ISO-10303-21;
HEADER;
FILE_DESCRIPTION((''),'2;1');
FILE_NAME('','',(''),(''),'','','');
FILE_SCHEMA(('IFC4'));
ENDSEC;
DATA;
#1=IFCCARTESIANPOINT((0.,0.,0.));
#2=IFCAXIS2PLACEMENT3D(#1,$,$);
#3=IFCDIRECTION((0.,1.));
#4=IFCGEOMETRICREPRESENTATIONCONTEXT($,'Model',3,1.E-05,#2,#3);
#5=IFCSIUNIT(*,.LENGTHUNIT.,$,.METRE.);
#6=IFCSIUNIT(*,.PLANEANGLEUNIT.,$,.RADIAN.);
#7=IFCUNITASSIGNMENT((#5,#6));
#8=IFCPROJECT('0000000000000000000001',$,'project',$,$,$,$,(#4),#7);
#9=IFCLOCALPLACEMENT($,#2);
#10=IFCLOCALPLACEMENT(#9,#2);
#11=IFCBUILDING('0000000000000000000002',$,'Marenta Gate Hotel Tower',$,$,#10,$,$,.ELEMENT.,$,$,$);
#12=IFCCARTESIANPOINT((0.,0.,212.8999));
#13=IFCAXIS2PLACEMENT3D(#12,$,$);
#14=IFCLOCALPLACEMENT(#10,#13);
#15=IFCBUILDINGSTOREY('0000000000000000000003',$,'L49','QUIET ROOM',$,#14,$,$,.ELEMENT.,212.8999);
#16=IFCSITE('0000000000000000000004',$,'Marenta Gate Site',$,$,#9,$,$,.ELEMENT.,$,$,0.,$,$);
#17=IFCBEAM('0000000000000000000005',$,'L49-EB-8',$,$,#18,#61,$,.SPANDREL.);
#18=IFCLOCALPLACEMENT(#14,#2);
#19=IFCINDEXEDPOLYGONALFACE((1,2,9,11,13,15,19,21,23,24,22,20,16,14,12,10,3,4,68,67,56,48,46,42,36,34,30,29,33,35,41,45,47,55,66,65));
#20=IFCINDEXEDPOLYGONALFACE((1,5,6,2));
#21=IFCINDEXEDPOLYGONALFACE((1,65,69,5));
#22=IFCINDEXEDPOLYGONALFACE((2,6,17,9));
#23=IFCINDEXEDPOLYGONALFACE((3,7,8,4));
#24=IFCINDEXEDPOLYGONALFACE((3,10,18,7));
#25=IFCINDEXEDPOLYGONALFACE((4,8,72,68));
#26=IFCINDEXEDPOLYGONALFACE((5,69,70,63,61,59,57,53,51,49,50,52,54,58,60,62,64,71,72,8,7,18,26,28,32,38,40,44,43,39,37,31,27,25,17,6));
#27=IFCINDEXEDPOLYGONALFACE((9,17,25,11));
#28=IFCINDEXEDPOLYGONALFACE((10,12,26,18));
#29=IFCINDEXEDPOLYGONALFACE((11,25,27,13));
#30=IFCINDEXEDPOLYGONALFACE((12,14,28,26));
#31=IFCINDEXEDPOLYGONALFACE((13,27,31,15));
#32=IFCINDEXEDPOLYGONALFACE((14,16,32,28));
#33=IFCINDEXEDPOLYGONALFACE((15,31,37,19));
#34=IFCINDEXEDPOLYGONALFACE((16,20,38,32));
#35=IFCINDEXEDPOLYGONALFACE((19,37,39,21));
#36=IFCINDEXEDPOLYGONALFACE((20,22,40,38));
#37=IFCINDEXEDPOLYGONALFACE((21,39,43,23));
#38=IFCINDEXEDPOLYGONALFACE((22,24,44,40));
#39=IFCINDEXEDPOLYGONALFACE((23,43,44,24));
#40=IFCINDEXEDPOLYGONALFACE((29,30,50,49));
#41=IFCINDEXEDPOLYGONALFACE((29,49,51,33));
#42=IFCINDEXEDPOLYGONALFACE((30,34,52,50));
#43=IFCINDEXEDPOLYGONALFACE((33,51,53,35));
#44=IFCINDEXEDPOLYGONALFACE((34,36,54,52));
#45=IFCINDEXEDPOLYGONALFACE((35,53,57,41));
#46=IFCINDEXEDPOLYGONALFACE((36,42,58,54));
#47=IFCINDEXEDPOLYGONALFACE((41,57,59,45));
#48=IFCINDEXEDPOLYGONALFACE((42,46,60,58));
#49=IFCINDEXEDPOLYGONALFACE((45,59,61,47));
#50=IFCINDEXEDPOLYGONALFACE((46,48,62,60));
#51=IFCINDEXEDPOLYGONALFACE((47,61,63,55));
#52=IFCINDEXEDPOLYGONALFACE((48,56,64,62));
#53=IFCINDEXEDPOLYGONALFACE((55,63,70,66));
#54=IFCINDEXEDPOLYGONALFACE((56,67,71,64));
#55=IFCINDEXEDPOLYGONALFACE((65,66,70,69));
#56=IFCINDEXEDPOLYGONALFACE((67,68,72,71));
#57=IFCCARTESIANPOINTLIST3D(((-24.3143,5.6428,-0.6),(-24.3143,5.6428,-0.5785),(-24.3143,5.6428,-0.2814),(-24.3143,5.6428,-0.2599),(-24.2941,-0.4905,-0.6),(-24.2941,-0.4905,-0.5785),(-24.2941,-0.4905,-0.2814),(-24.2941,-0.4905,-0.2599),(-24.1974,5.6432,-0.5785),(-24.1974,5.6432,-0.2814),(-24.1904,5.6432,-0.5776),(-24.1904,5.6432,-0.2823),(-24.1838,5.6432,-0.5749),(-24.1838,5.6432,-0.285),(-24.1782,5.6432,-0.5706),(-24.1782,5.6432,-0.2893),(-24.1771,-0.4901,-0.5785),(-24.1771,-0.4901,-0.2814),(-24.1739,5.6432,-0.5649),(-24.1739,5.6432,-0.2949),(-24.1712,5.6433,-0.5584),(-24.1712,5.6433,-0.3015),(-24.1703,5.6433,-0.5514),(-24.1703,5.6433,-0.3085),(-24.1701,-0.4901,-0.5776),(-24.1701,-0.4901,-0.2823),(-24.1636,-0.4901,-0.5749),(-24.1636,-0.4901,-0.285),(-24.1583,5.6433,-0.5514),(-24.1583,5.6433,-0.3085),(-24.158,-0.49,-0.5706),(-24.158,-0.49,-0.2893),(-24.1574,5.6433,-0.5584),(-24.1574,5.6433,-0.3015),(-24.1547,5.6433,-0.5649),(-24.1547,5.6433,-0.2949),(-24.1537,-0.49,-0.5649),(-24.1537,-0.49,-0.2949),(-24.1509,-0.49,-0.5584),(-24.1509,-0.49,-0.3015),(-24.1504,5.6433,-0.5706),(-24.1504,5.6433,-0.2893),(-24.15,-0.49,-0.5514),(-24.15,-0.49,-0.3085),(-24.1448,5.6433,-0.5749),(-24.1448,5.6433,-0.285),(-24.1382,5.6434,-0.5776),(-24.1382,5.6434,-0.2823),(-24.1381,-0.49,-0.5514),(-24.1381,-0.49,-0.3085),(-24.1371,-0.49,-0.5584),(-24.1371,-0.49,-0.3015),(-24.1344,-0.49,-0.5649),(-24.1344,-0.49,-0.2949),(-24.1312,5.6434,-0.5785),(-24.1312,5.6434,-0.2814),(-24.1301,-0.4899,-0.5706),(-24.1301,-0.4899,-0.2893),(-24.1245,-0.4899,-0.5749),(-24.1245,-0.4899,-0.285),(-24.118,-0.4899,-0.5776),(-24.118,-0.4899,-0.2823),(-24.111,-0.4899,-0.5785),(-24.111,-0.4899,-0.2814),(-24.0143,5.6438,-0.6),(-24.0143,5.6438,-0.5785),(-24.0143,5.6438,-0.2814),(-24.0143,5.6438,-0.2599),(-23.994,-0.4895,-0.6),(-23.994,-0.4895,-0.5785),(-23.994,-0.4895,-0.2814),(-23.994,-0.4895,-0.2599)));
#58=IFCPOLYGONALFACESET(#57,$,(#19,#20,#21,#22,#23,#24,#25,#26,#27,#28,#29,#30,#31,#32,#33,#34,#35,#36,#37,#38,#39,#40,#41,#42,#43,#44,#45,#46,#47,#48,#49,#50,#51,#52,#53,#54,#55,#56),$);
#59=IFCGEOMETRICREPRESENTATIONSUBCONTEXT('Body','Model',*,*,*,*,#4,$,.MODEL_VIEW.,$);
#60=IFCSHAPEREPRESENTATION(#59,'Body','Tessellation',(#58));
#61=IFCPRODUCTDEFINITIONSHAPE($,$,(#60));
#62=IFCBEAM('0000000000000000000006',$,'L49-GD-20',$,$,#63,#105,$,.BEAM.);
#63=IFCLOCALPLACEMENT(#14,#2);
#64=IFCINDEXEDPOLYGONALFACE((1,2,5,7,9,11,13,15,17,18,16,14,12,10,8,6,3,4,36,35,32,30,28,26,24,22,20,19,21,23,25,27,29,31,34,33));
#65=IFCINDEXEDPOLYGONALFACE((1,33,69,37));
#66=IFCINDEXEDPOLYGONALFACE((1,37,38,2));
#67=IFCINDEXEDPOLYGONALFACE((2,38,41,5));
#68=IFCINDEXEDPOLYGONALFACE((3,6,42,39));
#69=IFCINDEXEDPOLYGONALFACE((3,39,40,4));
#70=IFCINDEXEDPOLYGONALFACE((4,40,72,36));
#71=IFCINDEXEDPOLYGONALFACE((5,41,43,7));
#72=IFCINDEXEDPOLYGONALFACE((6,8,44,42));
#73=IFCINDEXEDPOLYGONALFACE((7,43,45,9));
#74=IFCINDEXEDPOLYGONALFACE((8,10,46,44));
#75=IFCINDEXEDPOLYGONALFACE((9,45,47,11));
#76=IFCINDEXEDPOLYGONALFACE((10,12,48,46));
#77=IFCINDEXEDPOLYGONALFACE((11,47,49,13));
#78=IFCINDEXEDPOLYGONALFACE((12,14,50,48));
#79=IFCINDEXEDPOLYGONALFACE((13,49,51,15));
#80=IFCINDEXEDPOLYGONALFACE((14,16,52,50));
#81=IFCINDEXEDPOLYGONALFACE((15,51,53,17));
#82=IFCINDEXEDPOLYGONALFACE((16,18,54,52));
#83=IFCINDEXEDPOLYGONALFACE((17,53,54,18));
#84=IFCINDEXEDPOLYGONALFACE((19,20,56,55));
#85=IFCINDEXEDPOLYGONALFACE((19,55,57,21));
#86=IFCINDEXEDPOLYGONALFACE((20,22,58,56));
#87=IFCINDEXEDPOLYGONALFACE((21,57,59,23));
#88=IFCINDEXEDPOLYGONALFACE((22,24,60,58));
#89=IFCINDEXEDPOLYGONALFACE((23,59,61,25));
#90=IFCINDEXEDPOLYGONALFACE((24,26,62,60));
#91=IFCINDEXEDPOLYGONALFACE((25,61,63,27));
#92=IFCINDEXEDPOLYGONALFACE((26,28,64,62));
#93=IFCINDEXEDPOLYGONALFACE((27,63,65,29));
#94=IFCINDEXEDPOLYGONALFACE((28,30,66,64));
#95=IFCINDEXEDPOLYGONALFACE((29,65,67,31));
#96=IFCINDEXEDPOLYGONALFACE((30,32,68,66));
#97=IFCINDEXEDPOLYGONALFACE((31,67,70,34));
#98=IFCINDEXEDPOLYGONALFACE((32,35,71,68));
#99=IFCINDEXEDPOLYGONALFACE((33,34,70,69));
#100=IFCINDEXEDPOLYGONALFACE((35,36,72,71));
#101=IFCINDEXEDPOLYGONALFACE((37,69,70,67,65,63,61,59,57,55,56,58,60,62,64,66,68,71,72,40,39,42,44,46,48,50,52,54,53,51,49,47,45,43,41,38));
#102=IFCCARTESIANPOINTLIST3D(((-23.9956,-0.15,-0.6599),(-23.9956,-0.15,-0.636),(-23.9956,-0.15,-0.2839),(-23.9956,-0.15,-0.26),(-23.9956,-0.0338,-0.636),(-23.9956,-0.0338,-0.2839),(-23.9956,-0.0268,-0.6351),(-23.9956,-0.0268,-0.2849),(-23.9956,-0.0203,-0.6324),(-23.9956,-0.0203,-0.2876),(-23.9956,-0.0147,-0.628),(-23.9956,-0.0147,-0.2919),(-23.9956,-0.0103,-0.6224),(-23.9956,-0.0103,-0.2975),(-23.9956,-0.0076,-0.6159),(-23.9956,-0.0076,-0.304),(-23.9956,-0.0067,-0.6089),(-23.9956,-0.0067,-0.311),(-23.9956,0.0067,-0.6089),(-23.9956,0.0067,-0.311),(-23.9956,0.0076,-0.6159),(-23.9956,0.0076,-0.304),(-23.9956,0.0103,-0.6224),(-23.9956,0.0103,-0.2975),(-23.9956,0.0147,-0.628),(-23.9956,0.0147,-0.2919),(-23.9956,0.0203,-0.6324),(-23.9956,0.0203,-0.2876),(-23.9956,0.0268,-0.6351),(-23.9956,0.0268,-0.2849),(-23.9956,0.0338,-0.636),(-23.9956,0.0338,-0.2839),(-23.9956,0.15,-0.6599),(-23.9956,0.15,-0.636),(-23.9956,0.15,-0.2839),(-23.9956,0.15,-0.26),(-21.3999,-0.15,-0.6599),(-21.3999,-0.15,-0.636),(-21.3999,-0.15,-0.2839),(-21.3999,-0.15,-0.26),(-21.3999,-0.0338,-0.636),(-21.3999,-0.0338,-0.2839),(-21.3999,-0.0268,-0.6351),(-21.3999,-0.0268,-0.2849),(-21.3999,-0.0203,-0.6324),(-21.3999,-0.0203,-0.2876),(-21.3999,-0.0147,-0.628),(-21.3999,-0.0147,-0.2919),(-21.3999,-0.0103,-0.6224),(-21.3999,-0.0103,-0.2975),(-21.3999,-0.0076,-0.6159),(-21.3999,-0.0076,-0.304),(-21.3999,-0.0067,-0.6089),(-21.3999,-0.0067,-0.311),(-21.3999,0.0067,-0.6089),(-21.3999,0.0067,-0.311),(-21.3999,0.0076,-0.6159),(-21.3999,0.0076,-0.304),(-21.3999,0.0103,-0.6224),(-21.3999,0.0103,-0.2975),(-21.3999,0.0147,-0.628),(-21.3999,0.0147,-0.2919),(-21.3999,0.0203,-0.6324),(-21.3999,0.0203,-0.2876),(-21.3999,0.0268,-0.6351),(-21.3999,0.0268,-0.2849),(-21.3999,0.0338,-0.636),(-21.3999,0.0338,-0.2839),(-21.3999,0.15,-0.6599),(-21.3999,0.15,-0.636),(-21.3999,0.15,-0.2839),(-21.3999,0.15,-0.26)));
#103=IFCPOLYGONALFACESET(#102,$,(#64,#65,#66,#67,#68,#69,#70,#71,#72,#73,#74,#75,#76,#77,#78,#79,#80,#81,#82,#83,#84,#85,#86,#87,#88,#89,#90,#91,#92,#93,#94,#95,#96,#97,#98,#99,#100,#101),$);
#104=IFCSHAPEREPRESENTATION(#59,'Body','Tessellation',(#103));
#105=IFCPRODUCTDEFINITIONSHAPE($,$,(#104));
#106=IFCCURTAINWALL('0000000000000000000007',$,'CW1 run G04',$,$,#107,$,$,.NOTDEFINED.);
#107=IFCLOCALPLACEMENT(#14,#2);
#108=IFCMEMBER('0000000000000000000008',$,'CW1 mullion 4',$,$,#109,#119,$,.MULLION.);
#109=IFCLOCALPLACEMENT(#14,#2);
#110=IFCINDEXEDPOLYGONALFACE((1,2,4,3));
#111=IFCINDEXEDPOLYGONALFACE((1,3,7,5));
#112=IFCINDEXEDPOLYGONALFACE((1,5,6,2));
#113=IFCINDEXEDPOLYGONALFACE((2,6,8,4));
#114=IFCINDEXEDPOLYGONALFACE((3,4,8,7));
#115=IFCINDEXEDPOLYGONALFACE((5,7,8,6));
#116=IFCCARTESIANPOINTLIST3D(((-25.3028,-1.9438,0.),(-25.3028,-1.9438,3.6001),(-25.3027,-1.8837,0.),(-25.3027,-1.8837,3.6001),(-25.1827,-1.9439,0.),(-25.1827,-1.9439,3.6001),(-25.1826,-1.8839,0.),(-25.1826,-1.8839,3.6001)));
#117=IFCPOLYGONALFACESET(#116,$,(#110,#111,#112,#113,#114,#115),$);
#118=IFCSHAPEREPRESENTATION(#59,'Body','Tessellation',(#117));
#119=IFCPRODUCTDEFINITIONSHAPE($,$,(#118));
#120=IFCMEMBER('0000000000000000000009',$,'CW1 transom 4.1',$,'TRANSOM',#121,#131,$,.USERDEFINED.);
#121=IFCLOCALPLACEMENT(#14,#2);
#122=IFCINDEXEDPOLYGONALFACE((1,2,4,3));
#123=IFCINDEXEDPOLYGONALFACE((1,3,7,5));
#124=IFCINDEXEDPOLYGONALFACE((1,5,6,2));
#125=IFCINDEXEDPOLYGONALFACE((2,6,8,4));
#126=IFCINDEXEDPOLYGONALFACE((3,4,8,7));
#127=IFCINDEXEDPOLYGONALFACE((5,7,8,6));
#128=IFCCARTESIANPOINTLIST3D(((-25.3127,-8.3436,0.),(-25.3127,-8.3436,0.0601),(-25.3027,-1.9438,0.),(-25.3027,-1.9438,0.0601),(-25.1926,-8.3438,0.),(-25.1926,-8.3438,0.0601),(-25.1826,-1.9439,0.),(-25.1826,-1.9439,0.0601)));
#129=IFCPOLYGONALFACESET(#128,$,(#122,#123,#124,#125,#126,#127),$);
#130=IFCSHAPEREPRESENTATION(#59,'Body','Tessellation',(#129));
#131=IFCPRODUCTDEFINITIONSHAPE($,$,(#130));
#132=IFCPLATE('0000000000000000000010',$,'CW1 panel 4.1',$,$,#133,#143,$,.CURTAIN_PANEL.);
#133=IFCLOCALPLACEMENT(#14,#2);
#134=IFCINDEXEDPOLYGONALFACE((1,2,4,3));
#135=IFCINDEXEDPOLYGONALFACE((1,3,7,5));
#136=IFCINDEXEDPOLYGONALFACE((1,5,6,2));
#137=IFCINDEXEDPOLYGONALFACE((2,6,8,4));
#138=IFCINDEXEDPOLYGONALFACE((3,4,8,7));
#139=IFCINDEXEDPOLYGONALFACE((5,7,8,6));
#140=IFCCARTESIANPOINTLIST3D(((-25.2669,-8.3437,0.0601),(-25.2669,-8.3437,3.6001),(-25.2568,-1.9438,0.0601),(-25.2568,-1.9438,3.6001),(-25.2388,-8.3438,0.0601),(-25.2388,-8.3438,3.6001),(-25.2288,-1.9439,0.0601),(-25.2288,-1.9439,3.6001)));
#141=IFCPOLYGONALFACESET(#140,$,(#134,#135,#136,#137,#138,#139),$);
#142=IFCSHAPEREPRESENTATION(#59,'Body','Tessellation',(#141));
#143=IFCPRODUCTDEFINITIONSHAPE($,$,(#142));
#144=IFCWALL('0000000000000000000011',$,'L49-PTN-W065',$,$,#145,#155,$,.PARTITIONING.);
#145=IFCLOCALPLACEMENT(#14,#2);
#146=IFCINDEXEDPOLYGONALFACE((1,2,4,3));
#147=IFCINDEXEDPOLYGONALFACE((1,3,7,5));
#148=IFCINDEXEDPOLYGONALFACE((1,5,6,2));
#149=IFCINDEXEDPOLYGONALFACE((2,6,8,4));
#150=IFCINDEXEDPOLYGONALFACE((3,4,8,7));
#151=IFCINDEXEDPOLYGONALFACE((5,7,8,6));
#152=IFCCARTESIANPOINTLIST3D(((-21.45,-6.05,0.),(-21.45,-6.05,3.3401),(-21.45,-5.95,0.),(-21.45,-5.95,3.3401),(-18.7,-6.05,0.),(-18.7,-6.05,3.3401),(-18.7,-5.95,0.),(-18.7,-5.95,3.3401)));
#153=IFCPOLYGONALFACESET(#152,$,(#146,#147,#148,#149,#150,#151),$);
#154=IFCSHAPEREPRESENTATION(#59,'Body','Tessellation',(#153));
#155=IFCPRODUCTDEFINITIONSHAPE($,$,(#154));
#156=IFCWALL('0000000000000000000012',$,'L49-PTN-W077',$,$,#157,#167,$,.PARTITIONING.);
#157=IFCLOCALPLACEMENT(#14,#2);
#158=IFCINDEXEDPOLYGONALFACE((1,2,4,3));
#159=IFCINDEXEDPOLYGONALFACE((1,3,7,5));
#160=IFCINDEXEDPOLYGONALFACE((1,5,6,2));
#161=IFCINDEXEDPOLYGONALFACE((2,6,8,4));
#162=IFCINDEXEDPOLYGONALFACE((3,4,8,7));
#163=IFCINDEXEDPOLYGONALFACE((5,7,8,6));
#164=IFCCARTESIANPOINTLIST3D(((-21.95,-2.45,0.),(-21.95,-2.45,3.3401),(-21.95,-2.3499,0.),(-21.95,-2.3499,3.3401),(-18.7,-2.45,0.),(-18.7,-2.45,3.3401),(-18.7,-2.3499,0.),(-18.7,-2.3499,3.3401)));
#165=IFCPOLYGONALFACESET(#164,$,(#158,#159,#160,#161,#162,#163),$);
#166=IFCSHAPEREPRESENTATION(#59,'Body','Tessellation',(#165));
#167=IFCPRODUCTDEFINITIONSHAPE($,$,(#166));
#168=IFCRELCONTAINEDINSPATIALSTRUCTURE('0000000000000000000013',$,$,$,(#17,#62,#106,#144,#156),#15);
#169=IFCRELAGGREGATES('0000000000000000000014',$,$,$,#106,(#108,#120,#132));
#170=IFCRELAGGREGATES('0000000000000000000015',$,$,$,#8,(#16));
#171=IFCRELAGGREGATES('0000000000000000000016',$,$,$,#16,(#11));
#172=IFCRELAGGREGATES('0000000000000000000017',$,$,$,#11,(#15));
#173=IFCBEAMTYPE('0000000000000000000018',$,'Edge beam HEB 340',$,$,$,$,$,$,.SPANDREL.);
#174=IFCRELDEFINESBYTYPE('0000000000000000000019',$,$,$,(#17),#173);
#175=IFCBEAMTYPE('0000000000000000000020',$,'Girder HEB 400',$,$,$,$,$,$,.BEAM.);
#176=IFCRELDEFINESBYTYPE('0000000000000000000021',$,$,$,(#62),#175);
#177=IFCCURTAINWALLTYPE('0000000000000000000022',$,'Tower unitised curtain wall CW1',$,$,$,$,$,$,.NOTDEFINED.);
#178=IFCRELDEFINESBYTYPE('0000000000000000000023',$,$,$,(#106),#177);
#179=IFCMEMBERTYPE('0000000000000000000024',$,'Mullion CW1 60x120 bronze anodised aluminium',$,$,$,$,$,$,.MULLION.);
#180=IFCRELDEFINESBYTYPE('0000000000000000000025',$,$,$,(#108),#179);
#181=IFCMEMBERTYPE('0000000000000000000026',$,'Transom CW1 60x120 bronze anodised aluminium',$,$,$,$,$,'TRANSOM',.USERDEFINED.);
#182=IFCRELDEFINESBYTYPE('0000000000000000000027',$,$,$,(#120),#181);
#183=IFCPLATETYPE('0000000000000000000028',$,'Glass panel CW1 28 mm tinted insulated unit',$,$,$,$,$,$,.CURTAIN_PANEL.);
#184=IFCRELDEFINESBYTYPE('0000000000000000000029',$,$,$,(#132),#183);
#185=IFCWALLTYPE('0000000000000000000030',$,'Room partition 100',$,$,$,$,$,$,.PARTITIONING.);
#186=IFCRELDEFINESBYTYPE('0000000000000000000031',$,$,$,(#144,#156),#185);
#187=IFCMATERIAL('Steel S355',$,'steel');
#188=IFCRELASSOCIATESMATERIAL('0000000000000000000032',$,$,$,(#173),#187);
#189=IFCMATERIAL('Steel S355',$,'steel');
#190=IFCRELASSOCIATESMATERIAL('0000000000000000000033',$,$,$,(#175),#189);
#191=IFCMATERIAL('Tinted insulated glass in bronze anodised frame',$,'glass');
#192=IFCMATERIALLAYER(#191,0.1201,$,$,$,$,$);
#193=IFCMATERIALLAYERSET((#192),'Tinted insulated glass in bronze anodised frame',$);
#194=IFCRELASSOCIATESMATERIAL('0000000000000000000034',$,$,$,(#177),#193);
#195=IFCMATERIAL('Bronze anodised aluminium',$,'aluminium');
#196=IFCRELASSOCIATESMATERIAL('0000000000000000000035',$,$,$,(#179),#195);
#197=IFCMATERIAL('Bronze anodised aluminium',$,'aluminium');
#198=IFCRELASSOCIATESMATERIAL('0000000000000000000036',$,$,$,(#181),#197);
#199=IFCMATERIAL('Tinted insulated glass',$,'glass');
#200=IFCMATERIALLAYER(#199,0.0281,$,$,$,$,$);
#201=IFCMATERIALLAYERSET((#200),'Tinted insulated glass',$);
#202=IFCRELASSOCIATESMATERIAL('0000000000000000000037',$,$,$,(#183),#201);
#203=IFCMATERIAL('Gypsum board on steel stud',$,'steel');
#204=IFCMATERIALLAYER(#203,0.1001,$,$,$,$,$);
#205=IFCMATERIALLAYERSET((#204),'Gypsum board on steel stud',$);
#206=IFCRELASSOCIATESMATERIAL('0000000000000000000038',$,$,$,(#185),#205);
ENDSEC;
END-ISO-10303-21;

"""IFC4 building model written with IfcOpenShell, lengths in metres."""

from ifc_helpers import new_model, si_unit, direction, frame, frame_2d, origin, origin_2d, place, context, subcontext, project, spatial, rectangle, i_section, extrude, material, layer, layer_set, material_profile, profile_set, type_object, element, aggregate, save


model = new_model("IFC4")

# Units and contexts
model_context = context("Model", 3, precision=1e-05, world=origin(), true_north=direction((0.0, 1.0)))
body_context = subcontext(model_context, "Body", "Model", "MODEL_VIEW")
ifc_project = project(units=[si_unit("LENGTHUNIT", "METRE"), si_unit("PLANEANGLEUNIT", "RADIAN")], contexts=[model_context])

# Site, building, storey
site_placement = place(None, origin())
site = spatial("IfcSite", under=ifc_project, at=site_placement, Name="Marenta Gate Site", CompositionType="ELEMENT", RefElevation=0.0)
building_placement = place(site_placement, origin())
building = spatial("IfcBuilding", under=site, at=building_placement, Name="Marenta Gate Hotel Tower", CompositionType="ELEMENT")
storey_placement = place(building_placement, frame((0.0, 0.0, 212.8999)))
storey = spatial("IfcBuildingStorey", under=building, at=storey_placement, Name="L49", Description="QUIET ROOM", CompositionType="ELEMENT", Elevation=212.8999)

# Beams
ifc_material_1 = material(Name="Steel S355", Category="steel")
ifc_material_profile_1 = material_profile(ifc_material_1, i_section(OverallWidth=0.3, OverallDepth=0.3401, WebThickness=0.012, FlangeThickness=0.0215, FilletRadius=0.0271, at=origin_2d()), Name="HEB 340")
ifc_profile_set_1 = profile_set([ifc_material_profile_1], Name="Steel S355")
beam_type_1 = type_object("IfcBeamType", Name="Edge beam HEB 340", PredefinedType="SPANDREL", material=ifc_profile_set_1)
beam_1_placement = place(storey_placement, frame((-24.144, -0.49, -0.4299), z_axis=(-0.003304, 0.999995, 0.0), x_axis=(-0.999995, -0.003304, 0.0)))
element("IfcBeam", 1, at=beam_1_placement, inside=storey, type_object=beam_type_1, Name="L49-EB-8", PredefinedType="SPANDREL", context=body_context, shape_type="SweptSolid", body=[
    extrude(i_section(OverallWidth=0.3, OverallDepth=0.3401, WebThickness=0.012, FlangeThickness=0.0215, FilletRadius=0.0271, at=origin_2d()), origin(), (0.0, 0.0, 1.0), 6.1333),
])
ifc_material_2 = material(Name="Steel S355", Category="steel")
ifc_material_profile_2 = material_profile(ifc_material_2, i_section(OverallWidth=0.3, OverallDepth=0.3999, WebThickness=0.0134, FlangeThickness=0.0239, FilletRadius=0.0271, at=origin_2d()), Name="HEB 400")
ifc_profile_set_2 = profile_set([ifc_material_profile_2], Name="Steel S355")
beam_type_2 = type_object("IfcBeamType", Name="Girder HEB 400", PredefinedType="BEAM", material=ifc_profile_set_2)
beam_2_placement = place(storey_placement, frame((-23.9956, 0.0, -0.46), z_axis=(1.0, 0.0, 0.0), x_axis=(0.0, 1.0, 0.0)))
element("IfcBeam", 2, at=beam_2_placement, inside=storey, type_object=beam_type_2, Name="L49-GD-20", PredefinedType="BEAM", context=body_context, shape_type="SweptSolid", body=[
    extrude(i_section(OverallWidth=0.3, OverallDepth=0.3999, WebThickness=0.0134, FlangeThickness=0.0239, FilletRadius=0.0271, at=origin_2d()), origin(), (0.0, 0.0, 1.0), 2.5957),
])

# Curtain wall, members, plate
ifc_material_3 = material(Name="Tinted insulated glass in bronze anodised frame", Category="glass")
ifc_layer_1 = layer(ifc_material_3, 0.1201)
ifc_layer_set_1 = layer_set([ifc_layer_1], Name="Tinted insulated glass in bronze anodised frame")
curtain_wall_type = type_object("IfcCurtainWallType", Name="Tower unitised curtain wall CW1", PredefinedType="NOTDEFINED", material=ifc_layer_set_1)
curtain_wall_placement = place(storey_placement, origin())
curtain_wall = element("IfcCurtainWall", 3, at=curtain_wall_placement, inside=storey, type_object=curtain_wall_type, Name="CW1 run G04", PredefinedType="NOTDEFINED")
ifc_material_4 = material(Name="Bronze anodised aluminium", Category="aluminium")
ifc_material_profile_3 = material_profile(ifc_material_4, rectangle(XDim=0.1201, YDim=0.0601, at=origin_2d()), Name="Mullion CW1 60x120 bronze anodised aluminium")
ifc_profile_set_3 = profile_set([ifc_material_profile_3], Name="Bronze anodised aluminium")
member_type_1 = type_object("IfcMemberType", Name="Mullion CW1 60x120 bronze anodised aluminium", PredefinedType="MULLION", material=ifc_profile_set_3)
member_1_placement = place(storey_placement, frame((-25.2427, -1.9138, 0.0), z_axis=(0.0, 0.0, 1.0), x_axis=(0.999999, -0.001566, 0.0)))
member_1 = element("IfcMember", 4, at=member_1_placement, type_object=member_type_1, Name="CW1 mullion 4", PredefinedType="MULLION", context=body_context, shape_type="SweptSolid", body=[
    extrude(rectangle(XDim=0.1201, YDim=0.0601, at=origin_2d()), origin(), (0.0, 0.0, 1.0), 3.6001),
])
ifc_material_5 = material(Name="Bronze anodised aluminium", Category="aluminium")
ifc_material_profile_4 = material_profile(ifc_material_5, rectangle(XDim=0.1201, YDim=0.0601, at=origin_2d()), Name="Transom CW1 60x120 bronze anodised aluminium")
ifc_profile_set_4 = profile_set([ifc_material_profile_4], Name="Bronze anodised aluminium")
member_type_2 = type_object("IfcMemberType", Name="Transom CW1 60x120 bronze anodised aluminium", ElementType="TRANSOM", PredefinedType="USERDEFINED", material=ifc_profile_set_4)
member_2_placement = place(storey_placement, frame((-25.2427, -1.9438, 0.03), z_axis=(-0.001564, -0.999999, 0.0), x_axis=(0.999999, -0.001564, 0.0)))
member_2 = element("IfcMember", 5, at=member_2_placement, type_object=member_type_2, Name="CW1 transom 4.1", ObjectType="TRANSOM", PredefinedType="USERDEFINED", context=body_context, shape_type="SweptSolid", body=[
    extrude(rectangle(XDim=0.1201, YDim=0.0601, at=origin_2d()), origin(), (0.0, 0.0, 1.0), 6.3999),
])
ifc_material_6 = material(Name="Tinted insulated glass", Category="glass")
ifc_layer_2 = layer(ifc_material_6, 0.0281)
ifc_layer_set_2 = layer_set([ifc_layer_2], Name="Tinted insulated glass")
plate_type = type_object("IfcPlateType", Name="Glass panel CW1 28 mm tinted insulated unit", PredefinedType="CURTAIN_PANEL", material=ifc_layer_set_2)
plate_placement = place(storey_placement, frame((-25.2478, -5.1438, 0.0601), z_axis=(0.0, 0.0, 1.0), x_axis=(-0.001566, -0.999999, 0.0)))
plate = element("IfcPlate", 6, at=plate_placement, type_object=plate_type, Name="CW1 panel 4.1", PredefinedType="CURTAIN_PANEL", context=body_context, shape_type="SweptSolid", body=[
    extrude(rectangle(XDim=6.3999, YDim=0.0281, at=origin_2d()), origin(), (0.0, 0.0, 1.0), 3.54),
])
aggregate(curtain_wall, [member_1, member_2, plate])

# Walls
ifc_material_7 = material(Name="Gypsum board on steel stud", Category="steel")
ifc_layer_3 = layer(ifc_material_7, 0.1001)
ifc_layer_set_3 = layer_set([ifc_layer_3], Name="Gypsum board on steel stud")
wall_type_1 = type_object("IfcWallType", Name="Room partition 100", PredefinedType="PARTITIONING", material=ifc_layer_set_3)
wall_1_placement = place(storey_placement, frame((-21.45, -6.0, 0.0), z_axis=(0.0, 0.0, 1.0), x_axis=(1.0, 0.0, 0.0)))
element("IfcWall", 7, at=wall_1_placement, inside=storey, type_object=wall_type_1, Name="L49-PTN-W065", PredefinedType="PARTITIONING", context=body_context, shape_type="SweptSolid", body=[
    extrude(rectangle(XDim=2.75, YDim=0.1001, at=frame_2d((1.375, 0.0))), origin(), (0.0, 0.0, 1.0), 3.3401),
])
wall_2_placement = place(storey_placement, frame((-21.95, -2.3999, 0.0), z_axis=(0.0, 0.0, 1.0), x_axis=(1.0, 0.0, 0.0)))
element("IfcWall", 8, at=wall_2_placement, inside=storey, type_object=wall_type_1, Name="L49-PTN-W077", PredefinedType="PARTITIONING", context=body_context, shape_type="SweptSolid", body=[
    extrude(rectangle(XDim=3.25, YDim=0.1001, at=frame_2d((1.625, 0.0))), origin(), (0.0, 0.0, 1.0), 3.3401),
])

save(model, "model.ifc")
